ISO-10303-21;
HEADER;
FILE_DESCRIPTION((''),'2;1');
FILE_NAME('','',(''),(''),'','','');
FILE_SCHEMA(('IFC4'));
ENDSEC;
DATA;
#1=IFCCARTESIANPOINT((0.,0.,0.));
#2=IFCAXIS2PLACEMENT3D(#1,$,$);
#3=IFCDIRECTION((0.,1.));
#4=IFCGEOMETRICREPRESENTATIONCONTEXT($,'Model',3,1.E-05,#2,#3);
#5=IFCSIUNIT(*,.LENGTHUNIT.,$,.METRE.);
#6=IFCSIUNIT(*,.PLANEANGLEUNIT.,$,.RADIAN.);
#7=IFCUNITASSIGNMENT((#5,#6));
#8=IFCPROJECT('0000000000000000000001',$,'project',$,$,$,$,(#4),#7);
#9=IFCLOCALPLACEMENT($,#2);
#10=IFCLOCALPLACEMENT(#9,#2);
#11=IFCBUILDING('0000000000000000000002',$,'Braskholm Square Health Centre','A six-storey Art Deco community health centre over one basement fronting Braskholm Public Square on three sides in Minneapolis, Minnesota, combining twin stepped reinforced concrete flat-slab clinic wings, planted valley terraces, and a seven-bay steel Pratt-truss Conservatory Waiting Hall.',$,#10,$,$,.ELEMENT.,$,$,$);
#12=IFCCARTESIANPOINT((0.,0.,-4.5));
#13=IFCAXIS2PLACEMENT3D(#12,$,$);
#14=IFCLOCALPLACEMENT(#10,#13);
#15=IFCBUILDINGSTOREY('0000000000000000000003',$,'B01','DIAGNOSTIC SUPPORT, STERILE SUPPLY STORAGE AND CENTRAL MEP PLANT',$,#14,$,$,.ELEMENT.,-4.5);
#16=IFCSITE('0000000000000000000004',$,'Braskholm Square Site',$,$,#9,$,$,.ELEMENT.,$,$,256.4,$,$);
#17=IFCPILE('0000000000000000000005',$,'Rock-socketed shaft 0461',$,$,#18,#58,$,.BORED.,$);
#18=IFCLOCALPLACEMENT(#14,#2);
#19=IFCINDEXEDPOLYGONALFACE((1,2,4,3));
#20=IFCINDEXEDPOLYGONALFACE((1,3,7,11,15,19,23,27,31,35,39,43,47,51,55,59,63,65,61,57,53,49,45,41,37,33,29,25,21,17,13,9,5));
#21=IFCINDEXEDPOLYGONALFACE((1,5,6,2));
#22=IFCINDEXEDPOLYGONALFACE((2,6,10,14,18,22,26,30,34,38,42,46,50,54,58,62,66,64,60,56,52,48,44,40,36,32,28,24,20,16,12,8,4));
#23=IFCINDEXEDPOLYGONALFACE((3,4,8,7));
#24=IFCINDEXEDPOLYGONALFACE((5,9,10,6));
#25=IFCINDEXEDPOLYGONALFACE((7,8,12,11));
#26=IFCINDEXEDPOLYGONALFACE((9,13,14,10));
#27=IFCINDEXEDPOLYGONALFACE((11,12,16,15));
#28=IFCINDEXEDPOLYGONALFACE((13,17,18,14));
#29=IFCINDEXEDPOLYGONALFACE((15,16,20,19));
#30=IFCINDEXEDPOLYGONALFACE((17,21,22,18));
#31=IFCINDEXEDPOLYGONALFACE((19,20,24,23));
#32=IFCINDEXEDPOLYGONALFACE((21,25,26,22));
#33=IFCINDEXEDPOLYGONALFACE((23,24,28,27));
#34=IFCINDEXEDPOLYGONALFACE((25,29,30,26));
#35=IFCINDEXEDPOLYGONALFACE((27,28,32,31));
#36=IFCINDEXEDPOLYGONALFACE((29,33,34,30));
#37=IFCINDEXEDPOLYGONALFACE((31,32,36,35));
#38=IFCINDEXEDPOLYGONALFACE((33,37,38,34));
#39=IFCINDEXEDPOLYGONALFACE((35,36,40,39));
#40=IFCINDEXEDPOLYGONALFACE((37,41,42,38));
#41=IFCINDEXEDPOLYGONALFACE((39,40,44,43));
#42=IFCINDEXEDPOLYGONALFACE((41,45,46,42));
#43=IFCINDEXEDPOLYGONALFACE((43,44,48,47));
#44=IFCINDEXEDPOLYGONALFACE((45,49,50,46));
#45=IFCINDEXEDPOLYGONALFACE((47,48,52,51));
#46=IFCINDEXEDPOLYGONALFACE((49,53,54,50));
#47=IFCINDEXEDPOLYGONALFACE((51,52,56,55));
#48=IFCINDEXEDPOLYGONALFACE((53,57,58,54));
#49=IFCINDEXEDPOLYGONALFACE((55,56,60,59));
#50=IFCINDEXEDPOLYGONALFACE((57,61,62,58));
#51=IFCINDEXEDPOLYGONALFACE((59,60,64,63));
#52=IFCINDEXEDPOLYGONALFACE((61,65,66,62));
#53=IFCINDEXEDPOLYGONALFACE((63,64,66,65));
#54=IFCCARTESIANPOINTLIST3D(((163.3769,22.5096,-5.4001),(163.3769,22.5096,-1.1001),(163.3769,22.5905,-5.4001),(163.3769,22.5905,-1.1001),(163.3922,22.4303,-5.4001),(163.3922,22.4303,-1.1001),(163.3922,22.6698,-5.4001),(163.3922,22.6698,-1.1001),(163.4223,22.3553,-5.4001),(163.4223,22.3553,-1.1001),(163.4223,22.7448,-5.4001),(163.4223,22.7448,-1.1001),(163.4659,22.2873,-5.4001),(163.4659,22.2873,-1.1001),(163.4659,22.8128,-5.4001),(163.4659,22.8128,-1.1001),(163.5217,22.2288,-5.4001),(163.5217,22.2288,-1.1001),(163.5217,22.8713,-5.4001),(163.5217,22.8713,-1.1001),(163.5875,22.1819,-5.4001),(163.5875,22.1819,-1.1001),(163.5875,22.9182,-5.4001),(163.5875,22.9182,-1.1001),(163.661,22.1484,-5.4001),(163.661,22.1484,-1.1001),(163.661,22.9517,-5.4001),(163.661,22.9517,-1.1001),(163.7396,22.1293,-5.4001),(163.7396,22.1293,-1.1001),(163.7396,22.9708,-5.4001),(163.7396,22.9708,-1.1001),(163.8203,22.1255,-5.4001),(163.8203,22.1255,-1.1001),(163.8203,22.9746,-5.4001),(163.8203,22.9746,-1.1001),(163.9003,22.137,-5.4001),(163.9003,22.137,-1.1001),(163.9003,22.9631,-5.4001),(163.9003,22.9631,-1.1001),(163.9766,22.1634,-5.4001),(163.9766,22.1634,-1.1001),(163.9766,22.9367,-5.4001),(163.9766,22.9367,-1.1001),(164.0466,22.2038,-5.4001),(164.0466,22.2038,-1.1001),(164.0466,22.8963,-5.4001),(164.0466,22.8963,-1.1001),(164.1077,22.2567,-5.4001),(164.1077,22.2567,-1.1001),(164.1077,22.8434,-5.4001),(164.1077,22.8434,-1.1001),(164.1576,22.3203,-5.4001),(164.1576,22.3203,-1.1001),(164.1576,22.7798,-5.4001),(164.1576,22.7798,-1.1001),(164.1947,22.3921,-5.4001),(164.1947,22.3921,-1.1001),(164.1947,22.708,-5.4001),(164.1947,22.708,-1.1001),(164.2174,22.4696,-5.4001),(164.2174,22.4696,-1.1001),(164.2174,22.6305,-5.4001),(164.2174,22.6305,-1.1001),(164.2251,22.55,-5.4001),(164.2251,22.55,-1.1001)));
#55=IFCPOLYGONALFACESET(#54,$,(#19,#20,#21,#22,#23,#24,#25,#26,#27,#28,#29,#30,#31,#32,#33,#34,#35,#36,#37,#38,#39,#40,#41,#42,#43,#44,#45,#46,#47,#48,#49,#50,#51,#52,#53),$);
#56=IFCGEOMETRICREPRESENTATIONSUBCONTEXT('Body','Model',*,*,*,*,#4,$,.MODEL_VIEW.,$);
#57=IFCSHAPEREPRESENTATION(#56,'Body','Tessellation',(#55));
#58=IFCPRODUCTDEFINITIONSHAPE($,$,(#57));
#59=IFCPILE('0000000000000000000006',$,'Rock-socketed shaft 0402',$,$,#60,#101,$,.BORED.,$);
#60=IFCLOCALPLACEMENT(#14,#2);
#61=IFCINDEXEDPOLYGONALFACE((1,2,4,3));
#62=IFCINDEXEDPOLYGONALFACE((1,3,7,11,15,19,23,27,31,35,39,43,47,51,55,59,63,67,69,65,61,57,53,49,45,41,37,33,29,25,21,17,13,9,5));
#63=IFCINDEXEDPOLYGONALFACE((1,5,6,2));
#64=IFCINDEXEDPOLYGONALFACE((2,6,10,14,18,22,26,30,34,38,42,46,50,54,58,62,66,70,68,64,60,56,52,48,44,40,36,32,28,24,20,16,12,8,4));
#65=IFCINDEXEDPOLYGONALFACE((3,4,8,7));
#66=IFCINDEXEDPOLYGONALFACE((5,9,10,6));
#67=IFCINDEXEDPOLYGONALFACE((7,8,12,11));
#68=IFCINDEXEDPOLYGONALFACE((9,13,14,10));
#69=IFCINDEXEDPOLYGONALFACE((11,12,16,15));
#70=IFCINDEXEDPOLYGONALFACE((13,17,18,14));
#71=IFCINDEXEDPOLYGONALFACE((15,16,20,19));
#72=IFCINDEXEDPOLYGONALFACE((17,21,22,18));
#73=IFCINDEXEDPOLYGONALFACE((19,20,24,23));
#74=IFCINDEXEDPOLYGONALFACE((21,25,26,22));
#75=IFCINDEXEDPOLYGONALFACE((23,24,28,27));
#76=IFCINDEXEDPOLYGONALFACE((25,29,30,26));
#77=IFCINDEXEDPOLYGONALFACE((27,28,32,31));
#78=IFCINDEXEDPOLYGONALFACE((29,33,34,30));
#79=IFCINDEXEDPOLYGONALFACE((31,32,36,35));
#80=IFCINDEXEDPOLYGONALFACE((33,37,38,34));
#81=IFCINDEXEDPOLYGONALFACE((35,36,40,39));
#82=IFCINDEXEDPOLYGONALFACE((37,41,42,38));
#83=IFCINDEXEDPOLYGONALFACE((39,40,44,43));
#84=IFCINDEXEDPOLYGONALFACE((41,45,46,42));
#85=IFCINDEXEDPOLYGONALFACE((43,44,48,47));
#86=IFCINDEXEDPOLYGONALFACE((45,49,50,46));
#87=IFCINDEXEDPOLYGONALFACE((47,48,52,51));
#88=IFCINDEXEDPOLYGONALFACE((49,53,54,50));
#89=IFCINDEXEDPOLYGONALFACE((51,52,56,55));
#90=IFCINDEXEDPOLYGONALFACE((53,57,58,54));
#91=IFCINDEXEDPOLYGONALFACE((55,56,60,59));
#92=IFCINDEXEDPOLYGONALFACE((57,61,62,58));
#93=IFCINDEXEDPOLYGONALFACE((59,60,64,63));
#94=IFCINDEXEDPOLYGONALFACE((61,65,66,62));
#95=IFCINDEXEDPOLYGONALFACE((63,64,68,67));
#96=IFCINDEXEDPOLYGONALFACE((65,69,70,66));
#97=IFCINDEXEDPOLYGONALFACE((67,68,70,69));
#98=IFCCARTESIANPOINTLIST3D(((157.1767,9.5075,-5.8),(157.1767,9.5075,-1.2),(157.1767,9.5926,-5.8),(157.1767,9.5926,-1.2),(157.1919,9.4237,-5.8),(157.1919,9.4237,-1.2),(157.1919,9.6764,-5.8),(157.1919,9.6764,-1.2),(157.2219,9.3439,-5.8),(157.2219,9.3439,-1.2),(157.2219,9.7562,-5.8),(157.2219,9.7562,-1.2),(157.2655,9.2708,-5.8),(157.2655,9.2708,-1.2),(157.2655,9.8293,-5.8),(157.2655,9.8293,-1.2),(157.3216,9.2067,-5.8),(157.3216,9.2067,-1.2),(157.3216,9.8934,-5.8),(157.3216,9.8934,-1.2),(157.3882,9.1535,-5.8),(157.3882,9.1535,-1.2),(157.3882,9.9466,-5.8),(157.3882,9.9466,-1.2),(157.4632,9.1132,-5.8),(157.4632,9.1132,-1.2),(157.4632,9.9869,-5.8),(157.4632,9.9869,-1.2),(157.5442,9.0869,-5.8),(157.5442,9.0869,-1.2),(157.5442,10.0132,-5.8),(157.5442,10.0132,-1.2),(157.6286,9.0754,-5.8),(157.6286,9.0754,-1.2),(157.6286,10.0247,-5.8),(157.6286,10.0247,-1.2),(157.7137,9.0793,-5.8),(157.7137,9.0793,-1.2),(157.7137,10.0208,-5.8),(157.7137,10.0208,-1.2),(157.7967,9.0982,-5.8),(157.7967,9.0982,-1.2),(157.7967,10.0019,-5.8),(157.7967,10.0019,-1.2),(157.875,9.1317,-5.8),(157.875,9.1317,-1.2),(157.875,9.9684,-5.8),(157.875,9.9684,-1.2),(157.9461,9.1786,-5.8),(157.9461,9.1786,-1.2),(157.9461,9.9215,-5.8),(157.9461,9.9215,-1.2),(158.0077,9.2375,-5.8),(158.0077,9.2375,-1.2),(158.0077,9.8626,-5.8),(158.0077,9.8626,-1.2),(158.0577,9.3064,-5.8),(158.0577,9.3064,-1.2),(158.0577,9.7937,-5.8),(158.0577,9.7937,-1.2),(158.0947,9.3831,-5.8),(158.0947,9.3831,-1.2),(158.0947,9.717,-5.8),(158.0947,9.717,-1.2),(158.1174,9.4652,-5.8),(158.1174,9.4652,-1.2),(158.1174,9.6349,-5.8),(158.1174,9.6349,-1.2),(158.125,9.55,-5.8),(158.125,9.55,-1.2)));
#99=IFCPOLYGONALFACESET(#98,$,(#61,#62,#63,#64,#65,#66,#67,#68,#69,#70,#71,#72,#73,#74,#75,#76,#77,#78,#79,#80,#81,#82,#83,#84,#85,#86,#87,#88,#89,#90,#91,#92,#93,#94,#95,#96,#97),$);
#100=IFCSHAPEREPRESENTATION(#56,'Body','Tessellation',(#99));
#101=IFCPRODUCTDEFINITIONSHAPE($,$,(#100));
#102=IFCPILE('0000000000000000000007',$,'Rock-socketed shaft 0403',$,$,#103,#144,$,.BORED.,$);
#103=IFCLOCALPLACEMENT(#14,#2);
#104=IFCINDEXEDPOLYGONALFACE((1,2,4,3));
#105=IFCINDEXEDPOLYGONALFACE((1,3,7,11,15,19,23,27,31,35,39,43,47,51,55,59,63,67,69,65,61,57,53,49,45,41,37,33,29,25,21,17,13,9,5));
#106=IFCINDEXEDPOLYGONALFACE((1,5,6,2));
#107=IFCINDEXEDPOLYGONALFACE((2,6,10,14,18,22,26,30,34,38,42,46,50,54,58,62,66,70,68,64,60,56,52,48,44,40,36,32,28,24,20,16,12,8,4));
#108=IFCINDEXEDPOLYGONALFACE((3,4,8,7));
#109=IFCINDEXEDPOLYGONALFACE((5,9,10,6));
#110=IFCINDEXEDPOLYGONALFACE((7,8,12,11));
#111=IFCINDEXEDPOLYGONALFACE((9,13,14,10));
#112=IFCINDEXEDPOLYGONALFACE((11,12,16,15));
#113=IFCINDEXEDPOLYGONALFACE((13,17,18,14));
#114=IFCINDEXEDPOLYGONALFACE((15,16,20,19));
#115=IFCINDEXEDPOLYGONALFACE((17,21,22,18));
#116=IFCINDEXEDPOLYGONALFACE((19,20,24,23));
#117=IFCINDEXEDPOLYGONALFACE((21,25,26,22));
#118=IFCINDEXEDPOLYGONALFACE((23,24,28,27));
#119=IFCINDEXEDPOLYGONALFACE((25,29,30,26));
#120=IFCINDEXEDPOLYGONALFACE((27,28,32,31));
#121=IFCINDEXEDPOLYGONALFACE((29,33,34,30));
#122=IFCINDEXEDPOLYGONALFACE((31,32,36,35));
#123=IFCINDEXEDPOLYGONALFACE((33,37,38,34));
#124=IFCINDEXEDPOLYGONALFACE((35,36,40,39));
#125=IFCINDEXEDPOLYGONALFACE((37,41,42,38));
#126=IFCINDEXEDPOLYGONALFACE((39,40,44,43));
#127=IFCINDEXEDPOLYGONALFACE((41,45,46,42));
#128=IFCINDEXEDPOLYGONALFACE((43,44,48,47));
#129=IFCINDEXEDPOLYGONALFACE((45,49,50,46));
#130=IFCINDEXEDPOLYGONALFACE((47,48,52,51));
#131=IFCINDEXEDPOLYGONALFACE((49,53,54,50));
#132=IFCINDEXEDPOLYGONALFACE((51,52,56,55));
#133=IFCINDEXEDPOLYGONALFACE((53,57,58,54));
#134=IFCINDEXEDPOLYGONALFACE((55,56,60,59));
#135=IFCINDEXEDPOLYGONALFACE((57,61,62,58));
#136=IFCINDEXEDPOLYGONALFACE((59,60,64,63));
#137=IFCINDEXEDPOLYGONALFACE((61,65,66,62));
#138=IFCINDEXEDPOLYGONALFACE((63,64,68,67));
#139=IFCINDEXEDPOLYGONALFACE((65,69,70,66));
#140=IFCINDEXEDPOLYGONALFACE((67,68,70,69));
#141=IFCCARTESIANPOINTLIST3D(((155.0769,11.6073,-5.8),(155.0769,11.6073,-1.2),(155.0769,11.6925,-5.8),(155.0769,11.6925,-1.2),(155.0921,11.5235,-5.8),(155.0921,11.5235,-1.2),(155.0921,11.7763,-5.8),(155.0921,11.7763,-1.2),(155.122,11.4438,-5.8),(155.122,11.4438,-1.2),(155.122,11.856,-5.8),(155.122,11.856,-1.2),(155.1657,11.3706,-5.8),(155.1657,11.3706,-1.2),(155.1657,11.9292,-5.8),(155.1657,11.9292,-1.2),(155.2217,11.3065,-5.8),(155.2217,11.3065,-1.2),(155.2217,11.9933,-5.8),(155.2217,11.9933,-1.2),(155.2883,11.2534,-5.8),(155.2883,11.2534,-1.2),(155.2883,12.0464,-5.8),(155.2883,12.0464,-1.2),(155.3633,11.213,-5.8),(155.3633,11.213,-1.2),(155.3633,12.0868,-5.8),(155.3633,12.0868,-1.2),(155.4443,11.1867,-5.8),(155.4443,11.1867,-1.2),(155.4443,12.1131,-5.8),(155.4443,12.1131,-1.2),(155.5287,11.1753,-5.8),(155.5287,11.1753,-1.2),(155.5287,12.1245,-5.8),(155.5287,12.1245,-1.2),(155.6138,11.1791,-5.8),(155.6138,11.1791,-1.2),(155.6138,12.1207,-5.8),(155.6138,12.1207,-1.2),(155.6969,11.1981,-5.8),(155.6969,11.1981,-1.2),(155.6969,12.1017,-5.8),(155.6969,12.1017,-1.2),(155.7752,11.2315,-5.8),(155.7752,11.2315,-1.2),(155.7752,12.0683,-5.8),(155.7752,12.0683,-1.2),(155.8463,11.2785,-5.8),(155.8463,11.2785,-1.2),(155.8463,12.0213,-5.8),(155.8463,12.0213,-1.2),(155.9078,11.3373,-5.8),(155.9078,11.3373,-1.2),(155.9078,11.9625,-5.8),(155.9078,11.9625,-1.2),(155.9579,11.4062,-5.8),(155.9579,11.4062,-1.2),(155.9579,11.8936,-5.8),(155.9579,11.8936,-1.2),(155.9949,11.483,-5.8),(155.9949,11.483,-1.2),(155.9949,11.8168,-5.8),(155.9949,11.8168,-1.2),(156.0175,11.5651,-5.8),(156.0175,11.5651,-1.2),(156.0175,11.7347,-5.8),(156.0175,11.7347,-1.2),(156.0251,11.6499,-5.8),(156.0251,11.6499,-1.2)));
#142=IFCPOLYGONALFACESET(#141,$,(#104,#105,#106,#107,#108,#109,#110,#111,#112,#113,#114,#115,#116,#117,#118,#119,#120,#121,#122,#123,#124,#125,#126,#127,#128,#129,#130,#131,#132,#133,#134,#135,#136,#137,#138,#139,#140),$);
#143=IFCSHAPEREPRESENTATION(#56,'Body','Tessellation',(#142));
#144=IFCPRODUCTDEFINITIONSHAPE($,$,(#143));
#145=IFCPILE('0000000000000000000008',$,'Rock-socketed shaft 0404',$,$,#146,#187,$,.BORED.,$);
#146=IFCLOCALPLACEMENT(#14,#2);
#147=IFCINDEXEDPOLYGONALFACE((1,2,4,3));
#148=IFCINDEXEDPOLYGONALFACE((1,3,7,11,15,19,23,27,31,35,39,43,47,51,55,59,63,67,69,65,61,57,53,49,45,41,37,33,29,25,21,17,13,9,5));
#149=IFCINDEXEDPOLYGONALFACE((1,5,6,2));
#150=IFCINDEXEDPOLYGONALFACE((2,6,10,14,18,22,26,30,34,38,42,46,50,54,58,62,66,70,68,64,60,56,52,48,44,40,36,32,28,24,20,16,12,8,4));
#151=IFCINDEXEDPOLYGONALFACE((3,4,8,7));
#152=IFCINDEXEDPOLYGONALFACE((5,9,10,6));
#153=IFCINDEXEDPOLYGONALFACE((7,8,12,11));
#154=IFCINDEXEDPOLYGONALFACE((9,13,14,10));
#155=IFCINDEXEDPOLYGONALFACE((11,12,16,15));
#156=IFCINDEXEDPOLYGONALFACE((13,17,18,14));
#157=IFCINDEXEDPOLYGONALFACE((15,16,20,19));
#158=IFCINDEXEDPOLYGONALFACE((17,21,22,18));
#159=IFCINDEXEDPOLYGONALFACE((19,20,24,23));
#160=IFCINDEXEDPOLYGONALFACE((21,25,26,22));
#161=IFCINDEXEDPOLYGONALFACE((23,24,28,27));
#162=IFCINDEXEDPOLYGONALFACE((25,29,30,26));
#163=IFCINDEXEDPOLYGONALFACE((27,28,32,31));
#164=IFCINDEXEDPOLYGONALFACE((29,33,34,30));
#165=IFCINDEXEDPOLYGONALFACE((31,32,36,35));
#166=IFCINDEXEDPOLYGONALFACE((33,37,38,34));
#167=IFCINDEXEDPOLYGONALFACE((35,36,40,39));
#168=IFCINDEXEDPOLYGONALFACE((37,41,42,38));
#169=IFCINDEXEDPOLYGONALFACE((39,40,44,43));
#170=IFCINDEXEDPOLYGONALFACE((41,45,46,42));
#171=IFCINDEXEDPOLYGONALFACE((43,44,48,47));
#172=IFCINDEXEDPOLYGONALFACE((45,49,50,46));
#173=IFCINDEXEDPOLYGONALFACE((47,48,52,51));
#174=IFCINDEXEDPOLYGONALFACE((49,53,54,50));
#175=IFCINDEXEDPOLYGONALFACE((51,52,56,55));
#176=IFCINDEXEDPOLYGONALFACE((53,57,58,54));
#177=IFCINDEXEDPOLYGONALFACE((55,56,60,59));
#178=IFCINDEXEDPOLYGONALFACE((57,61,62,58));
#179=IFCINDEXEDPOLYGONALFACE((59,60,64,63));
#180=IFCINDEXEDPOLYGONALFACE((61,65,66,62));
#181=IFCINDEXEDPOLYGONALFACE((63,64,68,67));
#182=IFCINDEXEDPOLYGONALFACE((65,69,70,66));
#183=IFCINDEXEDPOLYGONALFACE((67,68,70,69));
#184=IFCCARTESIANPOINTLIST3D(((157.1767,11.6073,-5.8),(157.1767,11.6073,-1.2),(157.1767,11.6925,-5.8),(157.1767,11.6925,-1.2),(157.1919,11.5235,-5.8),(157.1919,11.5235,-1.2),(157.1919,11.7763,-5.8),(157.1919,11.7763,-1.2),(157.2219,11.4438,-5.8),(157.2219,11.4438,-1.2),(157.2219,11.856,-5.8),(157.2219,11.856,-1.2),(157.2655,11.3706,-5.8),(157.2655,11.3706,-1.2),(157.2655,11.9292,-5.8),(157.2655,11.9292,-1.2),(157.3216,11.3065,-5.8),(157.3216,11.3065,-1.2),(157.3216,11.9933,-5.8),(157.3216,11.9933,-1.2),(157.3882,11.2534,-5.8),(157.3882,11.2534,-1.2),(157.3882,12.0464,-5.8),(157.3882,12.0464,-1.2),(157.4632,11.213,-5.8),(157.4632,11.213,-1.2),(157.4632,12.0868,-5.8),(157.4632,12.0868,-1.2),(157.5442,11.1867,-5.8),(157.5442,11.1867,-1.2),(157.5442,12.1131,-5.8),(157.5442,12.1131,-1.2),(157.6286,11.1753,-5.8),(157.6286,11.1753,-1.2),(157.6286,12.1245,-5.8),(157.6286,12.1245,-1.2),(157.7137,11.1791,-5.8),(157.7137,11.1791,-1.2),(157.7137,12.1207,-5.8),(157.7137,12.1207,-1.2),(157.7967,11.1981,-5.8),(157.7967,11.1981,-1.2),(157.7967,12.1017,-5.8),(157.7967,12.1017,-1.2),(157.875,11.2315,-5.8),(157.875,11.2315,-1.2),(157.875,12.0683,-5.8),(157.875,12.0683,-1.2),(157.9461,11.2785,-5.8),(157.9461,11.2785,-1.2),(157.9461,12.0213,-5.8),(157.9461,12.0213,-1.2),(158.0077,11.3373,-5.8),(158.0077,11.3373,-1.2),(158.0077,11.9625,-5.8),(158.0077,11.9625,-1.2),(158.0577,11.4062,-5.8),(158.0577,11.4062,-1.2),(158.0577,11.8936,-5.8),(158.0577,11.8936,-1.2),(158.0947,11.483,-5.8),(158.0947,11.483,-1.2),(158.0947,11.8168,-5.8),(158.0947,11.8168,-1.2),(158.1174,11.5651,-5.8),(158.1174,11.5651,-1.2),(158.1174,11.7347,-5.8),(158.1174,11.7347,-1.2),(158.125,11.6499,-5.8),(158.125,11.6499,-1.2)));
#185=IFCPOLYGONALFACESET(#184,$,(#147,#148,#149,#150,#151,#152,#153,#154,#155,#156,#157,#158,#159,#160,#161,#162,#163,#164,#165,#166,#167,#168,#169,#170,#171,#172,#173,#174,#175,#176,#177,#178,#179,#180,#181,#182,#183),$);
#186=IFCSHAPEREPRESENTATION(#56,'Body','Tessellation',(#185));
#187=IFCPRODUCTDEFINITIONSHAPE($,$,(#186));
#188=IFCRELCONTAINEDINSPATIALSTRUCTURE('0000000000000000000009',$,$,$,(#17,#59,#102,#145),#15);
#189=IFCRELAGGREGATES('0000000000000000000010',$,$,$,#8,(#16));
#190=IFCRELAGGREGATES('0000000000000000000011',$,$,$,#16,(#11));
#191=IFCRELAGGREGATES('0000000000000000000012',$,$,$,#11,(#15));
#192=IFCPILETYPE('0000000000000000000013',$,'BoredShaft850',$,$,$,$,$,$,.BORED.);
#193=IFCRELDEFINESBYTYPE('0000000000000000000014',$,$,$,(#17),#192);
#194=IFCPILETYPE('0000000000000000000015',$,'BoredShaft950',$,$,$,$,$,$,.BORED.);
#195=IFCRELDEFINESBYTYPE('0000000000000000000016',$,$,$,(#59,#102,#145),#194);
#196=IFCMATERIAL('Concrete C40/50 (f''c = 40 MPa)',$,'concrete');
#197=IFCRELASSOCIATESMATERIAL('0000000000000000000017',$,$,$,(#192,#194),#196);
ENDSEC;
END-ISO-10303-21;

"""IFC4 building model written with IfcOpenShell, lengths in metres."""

from ifc_helpers import new_model, si_unit, direction, frame, origin, origin_2d, place, context, subcontext, project, spatial, circle, extrude, material, material_profile, profile_set, type_object, element, save


model = new_model("IFC4")

# Units and contexts
model_context = context("Model", 3, precision=1e-05, world=origin(), true_north=direction((0.0, 1.0)))
body_context = subcontext(model_context, "Body", "Model", "MODEL_VIEW")
ifc_project = project(units=[si_unit("LENGTHUNIT", "METRE"), si_unit("PLANEANGLEUNIT", "RADIAN")], contexts=[model_context])

# Site, building, storey
site_placement = place(None, origin())
site = spatial("IfcSite", under=ifc_project, at=site_placement, Name="Braskholm Square Site", CompositionType="ELEMENT", RefElevation=256.4)
building_placement = place(site_placement, origin())
building = spatial("IfcBuilding", under=site, at=building_placement, Name="Braskholm Square Health Centre", Description="A six-storey Art Deco community health centre over one basement fronting Braskholm Public Square on three sides in Minneapolis, Minnesota, combining twin stepped reinforced concrete flat-slab clinic wings, planted valley terraces, and a seven-bay steel Pratt-truss Conservatory Waiting Hall.", CompositionType="ELEMENT")
storey_placement = place(building_placement, frame((0.0, 0.0, -4.5)))
storey = spatial("IfcBuildingStorey", under=building, at=storey_placement, Name="B01", Description="DIAGNOSTIC SUPPORT, STERILE SUPPLY STORAGE AND CENTRAL MEP PLANT", CompositionType="ELEMENT", Elevation=-4.5)

# Piles
ifc_material_1 = material(Name="Concrete C40/50 (f'c = 40 MPa)", Category="concrete")
ifc_material_profile_1 = material_profile(ifc_material_1, circle(Radius=0.425, at=origin_2d()), Name="BORED-PILE-850")
ifc_profile_set_1 = profile_set([ifc_material_profile_1], Name="Concrete C40/50 (f'c = 40 MPa)")
pile_type_1 = type_object("IfcPileType", Name="BoredShaft850", PredefinedType="BORED", material=ifc_profile_set_1)
for number, where, z_axis, x_axis, name in (
    (1, (163.8, 22.55, -1.1001), (0.0, 0.0, -1.0), (1.0, 0.0, 0.0), "Rock-socketed shaft 0461"),
):
    element("IfcPile", number, at=place(storey_placement, frame(where, z_axis=z_axis, x_axis=x_axis)), inside=storey, type_object=pile_type_1, Name=name, PredefinedType="BORED", context=body_context, shape_type="SweptSolid", body=[
        extrude(circle(Radius=0.425, at=origin_2d()), origin(), (0.0, 0.0, 1.0), 4.3),
    ])
ifc_material_profile_2 = material_profile(ifc_material_1, circle(Radius=0.4751, at=origin_2d()), Name="BORED-PILE-950")
ifc_profile_set_2 = profile_set([ifc_material_profile_2], Name="Concrete C40/50 (f'c = 40 MPa)")
pile_type_2 = type_object("IfcPileType", Name="BoredShaft950", PredefinedType="BORED", material=ifc_profile_set_2)
for number, where, z_axis, x_axis, name in (
    (2, (157.6499, 9.55, -1.2), (0.0, 0.0, -1.0), (1.0, 0.0, 0.0), "Rock-socketed shaft 0402"),
    (3, (155.55, 11.6499, -1.2), (0.0, 0.0, -1.0), (1.0, 0.0, 0.0), "Rock-socketed shaft 0403"),
    (4, (157.6499, 11.6499, -1.2), (0.0, 0.0, -1.0), (1.0, 0.0, 0.0), "Rock-socketed shaft 0404"),
):
    element("IfcPile", number, at=place(storey_placement, frame(where, z_axis=z_axis, x_axis=x_axis)), inside=storey, type_object=pile_type_2, Name=name, PredefinedType="BORED", context=body_context, shape_type="SweptSolid", body=[
        extrude(circle(Radius=0.4751, at=origin_2d()), origin(), (0.0, 0.0, 1.0), 4.6001),
    ])

save(model, "model.ifc")
